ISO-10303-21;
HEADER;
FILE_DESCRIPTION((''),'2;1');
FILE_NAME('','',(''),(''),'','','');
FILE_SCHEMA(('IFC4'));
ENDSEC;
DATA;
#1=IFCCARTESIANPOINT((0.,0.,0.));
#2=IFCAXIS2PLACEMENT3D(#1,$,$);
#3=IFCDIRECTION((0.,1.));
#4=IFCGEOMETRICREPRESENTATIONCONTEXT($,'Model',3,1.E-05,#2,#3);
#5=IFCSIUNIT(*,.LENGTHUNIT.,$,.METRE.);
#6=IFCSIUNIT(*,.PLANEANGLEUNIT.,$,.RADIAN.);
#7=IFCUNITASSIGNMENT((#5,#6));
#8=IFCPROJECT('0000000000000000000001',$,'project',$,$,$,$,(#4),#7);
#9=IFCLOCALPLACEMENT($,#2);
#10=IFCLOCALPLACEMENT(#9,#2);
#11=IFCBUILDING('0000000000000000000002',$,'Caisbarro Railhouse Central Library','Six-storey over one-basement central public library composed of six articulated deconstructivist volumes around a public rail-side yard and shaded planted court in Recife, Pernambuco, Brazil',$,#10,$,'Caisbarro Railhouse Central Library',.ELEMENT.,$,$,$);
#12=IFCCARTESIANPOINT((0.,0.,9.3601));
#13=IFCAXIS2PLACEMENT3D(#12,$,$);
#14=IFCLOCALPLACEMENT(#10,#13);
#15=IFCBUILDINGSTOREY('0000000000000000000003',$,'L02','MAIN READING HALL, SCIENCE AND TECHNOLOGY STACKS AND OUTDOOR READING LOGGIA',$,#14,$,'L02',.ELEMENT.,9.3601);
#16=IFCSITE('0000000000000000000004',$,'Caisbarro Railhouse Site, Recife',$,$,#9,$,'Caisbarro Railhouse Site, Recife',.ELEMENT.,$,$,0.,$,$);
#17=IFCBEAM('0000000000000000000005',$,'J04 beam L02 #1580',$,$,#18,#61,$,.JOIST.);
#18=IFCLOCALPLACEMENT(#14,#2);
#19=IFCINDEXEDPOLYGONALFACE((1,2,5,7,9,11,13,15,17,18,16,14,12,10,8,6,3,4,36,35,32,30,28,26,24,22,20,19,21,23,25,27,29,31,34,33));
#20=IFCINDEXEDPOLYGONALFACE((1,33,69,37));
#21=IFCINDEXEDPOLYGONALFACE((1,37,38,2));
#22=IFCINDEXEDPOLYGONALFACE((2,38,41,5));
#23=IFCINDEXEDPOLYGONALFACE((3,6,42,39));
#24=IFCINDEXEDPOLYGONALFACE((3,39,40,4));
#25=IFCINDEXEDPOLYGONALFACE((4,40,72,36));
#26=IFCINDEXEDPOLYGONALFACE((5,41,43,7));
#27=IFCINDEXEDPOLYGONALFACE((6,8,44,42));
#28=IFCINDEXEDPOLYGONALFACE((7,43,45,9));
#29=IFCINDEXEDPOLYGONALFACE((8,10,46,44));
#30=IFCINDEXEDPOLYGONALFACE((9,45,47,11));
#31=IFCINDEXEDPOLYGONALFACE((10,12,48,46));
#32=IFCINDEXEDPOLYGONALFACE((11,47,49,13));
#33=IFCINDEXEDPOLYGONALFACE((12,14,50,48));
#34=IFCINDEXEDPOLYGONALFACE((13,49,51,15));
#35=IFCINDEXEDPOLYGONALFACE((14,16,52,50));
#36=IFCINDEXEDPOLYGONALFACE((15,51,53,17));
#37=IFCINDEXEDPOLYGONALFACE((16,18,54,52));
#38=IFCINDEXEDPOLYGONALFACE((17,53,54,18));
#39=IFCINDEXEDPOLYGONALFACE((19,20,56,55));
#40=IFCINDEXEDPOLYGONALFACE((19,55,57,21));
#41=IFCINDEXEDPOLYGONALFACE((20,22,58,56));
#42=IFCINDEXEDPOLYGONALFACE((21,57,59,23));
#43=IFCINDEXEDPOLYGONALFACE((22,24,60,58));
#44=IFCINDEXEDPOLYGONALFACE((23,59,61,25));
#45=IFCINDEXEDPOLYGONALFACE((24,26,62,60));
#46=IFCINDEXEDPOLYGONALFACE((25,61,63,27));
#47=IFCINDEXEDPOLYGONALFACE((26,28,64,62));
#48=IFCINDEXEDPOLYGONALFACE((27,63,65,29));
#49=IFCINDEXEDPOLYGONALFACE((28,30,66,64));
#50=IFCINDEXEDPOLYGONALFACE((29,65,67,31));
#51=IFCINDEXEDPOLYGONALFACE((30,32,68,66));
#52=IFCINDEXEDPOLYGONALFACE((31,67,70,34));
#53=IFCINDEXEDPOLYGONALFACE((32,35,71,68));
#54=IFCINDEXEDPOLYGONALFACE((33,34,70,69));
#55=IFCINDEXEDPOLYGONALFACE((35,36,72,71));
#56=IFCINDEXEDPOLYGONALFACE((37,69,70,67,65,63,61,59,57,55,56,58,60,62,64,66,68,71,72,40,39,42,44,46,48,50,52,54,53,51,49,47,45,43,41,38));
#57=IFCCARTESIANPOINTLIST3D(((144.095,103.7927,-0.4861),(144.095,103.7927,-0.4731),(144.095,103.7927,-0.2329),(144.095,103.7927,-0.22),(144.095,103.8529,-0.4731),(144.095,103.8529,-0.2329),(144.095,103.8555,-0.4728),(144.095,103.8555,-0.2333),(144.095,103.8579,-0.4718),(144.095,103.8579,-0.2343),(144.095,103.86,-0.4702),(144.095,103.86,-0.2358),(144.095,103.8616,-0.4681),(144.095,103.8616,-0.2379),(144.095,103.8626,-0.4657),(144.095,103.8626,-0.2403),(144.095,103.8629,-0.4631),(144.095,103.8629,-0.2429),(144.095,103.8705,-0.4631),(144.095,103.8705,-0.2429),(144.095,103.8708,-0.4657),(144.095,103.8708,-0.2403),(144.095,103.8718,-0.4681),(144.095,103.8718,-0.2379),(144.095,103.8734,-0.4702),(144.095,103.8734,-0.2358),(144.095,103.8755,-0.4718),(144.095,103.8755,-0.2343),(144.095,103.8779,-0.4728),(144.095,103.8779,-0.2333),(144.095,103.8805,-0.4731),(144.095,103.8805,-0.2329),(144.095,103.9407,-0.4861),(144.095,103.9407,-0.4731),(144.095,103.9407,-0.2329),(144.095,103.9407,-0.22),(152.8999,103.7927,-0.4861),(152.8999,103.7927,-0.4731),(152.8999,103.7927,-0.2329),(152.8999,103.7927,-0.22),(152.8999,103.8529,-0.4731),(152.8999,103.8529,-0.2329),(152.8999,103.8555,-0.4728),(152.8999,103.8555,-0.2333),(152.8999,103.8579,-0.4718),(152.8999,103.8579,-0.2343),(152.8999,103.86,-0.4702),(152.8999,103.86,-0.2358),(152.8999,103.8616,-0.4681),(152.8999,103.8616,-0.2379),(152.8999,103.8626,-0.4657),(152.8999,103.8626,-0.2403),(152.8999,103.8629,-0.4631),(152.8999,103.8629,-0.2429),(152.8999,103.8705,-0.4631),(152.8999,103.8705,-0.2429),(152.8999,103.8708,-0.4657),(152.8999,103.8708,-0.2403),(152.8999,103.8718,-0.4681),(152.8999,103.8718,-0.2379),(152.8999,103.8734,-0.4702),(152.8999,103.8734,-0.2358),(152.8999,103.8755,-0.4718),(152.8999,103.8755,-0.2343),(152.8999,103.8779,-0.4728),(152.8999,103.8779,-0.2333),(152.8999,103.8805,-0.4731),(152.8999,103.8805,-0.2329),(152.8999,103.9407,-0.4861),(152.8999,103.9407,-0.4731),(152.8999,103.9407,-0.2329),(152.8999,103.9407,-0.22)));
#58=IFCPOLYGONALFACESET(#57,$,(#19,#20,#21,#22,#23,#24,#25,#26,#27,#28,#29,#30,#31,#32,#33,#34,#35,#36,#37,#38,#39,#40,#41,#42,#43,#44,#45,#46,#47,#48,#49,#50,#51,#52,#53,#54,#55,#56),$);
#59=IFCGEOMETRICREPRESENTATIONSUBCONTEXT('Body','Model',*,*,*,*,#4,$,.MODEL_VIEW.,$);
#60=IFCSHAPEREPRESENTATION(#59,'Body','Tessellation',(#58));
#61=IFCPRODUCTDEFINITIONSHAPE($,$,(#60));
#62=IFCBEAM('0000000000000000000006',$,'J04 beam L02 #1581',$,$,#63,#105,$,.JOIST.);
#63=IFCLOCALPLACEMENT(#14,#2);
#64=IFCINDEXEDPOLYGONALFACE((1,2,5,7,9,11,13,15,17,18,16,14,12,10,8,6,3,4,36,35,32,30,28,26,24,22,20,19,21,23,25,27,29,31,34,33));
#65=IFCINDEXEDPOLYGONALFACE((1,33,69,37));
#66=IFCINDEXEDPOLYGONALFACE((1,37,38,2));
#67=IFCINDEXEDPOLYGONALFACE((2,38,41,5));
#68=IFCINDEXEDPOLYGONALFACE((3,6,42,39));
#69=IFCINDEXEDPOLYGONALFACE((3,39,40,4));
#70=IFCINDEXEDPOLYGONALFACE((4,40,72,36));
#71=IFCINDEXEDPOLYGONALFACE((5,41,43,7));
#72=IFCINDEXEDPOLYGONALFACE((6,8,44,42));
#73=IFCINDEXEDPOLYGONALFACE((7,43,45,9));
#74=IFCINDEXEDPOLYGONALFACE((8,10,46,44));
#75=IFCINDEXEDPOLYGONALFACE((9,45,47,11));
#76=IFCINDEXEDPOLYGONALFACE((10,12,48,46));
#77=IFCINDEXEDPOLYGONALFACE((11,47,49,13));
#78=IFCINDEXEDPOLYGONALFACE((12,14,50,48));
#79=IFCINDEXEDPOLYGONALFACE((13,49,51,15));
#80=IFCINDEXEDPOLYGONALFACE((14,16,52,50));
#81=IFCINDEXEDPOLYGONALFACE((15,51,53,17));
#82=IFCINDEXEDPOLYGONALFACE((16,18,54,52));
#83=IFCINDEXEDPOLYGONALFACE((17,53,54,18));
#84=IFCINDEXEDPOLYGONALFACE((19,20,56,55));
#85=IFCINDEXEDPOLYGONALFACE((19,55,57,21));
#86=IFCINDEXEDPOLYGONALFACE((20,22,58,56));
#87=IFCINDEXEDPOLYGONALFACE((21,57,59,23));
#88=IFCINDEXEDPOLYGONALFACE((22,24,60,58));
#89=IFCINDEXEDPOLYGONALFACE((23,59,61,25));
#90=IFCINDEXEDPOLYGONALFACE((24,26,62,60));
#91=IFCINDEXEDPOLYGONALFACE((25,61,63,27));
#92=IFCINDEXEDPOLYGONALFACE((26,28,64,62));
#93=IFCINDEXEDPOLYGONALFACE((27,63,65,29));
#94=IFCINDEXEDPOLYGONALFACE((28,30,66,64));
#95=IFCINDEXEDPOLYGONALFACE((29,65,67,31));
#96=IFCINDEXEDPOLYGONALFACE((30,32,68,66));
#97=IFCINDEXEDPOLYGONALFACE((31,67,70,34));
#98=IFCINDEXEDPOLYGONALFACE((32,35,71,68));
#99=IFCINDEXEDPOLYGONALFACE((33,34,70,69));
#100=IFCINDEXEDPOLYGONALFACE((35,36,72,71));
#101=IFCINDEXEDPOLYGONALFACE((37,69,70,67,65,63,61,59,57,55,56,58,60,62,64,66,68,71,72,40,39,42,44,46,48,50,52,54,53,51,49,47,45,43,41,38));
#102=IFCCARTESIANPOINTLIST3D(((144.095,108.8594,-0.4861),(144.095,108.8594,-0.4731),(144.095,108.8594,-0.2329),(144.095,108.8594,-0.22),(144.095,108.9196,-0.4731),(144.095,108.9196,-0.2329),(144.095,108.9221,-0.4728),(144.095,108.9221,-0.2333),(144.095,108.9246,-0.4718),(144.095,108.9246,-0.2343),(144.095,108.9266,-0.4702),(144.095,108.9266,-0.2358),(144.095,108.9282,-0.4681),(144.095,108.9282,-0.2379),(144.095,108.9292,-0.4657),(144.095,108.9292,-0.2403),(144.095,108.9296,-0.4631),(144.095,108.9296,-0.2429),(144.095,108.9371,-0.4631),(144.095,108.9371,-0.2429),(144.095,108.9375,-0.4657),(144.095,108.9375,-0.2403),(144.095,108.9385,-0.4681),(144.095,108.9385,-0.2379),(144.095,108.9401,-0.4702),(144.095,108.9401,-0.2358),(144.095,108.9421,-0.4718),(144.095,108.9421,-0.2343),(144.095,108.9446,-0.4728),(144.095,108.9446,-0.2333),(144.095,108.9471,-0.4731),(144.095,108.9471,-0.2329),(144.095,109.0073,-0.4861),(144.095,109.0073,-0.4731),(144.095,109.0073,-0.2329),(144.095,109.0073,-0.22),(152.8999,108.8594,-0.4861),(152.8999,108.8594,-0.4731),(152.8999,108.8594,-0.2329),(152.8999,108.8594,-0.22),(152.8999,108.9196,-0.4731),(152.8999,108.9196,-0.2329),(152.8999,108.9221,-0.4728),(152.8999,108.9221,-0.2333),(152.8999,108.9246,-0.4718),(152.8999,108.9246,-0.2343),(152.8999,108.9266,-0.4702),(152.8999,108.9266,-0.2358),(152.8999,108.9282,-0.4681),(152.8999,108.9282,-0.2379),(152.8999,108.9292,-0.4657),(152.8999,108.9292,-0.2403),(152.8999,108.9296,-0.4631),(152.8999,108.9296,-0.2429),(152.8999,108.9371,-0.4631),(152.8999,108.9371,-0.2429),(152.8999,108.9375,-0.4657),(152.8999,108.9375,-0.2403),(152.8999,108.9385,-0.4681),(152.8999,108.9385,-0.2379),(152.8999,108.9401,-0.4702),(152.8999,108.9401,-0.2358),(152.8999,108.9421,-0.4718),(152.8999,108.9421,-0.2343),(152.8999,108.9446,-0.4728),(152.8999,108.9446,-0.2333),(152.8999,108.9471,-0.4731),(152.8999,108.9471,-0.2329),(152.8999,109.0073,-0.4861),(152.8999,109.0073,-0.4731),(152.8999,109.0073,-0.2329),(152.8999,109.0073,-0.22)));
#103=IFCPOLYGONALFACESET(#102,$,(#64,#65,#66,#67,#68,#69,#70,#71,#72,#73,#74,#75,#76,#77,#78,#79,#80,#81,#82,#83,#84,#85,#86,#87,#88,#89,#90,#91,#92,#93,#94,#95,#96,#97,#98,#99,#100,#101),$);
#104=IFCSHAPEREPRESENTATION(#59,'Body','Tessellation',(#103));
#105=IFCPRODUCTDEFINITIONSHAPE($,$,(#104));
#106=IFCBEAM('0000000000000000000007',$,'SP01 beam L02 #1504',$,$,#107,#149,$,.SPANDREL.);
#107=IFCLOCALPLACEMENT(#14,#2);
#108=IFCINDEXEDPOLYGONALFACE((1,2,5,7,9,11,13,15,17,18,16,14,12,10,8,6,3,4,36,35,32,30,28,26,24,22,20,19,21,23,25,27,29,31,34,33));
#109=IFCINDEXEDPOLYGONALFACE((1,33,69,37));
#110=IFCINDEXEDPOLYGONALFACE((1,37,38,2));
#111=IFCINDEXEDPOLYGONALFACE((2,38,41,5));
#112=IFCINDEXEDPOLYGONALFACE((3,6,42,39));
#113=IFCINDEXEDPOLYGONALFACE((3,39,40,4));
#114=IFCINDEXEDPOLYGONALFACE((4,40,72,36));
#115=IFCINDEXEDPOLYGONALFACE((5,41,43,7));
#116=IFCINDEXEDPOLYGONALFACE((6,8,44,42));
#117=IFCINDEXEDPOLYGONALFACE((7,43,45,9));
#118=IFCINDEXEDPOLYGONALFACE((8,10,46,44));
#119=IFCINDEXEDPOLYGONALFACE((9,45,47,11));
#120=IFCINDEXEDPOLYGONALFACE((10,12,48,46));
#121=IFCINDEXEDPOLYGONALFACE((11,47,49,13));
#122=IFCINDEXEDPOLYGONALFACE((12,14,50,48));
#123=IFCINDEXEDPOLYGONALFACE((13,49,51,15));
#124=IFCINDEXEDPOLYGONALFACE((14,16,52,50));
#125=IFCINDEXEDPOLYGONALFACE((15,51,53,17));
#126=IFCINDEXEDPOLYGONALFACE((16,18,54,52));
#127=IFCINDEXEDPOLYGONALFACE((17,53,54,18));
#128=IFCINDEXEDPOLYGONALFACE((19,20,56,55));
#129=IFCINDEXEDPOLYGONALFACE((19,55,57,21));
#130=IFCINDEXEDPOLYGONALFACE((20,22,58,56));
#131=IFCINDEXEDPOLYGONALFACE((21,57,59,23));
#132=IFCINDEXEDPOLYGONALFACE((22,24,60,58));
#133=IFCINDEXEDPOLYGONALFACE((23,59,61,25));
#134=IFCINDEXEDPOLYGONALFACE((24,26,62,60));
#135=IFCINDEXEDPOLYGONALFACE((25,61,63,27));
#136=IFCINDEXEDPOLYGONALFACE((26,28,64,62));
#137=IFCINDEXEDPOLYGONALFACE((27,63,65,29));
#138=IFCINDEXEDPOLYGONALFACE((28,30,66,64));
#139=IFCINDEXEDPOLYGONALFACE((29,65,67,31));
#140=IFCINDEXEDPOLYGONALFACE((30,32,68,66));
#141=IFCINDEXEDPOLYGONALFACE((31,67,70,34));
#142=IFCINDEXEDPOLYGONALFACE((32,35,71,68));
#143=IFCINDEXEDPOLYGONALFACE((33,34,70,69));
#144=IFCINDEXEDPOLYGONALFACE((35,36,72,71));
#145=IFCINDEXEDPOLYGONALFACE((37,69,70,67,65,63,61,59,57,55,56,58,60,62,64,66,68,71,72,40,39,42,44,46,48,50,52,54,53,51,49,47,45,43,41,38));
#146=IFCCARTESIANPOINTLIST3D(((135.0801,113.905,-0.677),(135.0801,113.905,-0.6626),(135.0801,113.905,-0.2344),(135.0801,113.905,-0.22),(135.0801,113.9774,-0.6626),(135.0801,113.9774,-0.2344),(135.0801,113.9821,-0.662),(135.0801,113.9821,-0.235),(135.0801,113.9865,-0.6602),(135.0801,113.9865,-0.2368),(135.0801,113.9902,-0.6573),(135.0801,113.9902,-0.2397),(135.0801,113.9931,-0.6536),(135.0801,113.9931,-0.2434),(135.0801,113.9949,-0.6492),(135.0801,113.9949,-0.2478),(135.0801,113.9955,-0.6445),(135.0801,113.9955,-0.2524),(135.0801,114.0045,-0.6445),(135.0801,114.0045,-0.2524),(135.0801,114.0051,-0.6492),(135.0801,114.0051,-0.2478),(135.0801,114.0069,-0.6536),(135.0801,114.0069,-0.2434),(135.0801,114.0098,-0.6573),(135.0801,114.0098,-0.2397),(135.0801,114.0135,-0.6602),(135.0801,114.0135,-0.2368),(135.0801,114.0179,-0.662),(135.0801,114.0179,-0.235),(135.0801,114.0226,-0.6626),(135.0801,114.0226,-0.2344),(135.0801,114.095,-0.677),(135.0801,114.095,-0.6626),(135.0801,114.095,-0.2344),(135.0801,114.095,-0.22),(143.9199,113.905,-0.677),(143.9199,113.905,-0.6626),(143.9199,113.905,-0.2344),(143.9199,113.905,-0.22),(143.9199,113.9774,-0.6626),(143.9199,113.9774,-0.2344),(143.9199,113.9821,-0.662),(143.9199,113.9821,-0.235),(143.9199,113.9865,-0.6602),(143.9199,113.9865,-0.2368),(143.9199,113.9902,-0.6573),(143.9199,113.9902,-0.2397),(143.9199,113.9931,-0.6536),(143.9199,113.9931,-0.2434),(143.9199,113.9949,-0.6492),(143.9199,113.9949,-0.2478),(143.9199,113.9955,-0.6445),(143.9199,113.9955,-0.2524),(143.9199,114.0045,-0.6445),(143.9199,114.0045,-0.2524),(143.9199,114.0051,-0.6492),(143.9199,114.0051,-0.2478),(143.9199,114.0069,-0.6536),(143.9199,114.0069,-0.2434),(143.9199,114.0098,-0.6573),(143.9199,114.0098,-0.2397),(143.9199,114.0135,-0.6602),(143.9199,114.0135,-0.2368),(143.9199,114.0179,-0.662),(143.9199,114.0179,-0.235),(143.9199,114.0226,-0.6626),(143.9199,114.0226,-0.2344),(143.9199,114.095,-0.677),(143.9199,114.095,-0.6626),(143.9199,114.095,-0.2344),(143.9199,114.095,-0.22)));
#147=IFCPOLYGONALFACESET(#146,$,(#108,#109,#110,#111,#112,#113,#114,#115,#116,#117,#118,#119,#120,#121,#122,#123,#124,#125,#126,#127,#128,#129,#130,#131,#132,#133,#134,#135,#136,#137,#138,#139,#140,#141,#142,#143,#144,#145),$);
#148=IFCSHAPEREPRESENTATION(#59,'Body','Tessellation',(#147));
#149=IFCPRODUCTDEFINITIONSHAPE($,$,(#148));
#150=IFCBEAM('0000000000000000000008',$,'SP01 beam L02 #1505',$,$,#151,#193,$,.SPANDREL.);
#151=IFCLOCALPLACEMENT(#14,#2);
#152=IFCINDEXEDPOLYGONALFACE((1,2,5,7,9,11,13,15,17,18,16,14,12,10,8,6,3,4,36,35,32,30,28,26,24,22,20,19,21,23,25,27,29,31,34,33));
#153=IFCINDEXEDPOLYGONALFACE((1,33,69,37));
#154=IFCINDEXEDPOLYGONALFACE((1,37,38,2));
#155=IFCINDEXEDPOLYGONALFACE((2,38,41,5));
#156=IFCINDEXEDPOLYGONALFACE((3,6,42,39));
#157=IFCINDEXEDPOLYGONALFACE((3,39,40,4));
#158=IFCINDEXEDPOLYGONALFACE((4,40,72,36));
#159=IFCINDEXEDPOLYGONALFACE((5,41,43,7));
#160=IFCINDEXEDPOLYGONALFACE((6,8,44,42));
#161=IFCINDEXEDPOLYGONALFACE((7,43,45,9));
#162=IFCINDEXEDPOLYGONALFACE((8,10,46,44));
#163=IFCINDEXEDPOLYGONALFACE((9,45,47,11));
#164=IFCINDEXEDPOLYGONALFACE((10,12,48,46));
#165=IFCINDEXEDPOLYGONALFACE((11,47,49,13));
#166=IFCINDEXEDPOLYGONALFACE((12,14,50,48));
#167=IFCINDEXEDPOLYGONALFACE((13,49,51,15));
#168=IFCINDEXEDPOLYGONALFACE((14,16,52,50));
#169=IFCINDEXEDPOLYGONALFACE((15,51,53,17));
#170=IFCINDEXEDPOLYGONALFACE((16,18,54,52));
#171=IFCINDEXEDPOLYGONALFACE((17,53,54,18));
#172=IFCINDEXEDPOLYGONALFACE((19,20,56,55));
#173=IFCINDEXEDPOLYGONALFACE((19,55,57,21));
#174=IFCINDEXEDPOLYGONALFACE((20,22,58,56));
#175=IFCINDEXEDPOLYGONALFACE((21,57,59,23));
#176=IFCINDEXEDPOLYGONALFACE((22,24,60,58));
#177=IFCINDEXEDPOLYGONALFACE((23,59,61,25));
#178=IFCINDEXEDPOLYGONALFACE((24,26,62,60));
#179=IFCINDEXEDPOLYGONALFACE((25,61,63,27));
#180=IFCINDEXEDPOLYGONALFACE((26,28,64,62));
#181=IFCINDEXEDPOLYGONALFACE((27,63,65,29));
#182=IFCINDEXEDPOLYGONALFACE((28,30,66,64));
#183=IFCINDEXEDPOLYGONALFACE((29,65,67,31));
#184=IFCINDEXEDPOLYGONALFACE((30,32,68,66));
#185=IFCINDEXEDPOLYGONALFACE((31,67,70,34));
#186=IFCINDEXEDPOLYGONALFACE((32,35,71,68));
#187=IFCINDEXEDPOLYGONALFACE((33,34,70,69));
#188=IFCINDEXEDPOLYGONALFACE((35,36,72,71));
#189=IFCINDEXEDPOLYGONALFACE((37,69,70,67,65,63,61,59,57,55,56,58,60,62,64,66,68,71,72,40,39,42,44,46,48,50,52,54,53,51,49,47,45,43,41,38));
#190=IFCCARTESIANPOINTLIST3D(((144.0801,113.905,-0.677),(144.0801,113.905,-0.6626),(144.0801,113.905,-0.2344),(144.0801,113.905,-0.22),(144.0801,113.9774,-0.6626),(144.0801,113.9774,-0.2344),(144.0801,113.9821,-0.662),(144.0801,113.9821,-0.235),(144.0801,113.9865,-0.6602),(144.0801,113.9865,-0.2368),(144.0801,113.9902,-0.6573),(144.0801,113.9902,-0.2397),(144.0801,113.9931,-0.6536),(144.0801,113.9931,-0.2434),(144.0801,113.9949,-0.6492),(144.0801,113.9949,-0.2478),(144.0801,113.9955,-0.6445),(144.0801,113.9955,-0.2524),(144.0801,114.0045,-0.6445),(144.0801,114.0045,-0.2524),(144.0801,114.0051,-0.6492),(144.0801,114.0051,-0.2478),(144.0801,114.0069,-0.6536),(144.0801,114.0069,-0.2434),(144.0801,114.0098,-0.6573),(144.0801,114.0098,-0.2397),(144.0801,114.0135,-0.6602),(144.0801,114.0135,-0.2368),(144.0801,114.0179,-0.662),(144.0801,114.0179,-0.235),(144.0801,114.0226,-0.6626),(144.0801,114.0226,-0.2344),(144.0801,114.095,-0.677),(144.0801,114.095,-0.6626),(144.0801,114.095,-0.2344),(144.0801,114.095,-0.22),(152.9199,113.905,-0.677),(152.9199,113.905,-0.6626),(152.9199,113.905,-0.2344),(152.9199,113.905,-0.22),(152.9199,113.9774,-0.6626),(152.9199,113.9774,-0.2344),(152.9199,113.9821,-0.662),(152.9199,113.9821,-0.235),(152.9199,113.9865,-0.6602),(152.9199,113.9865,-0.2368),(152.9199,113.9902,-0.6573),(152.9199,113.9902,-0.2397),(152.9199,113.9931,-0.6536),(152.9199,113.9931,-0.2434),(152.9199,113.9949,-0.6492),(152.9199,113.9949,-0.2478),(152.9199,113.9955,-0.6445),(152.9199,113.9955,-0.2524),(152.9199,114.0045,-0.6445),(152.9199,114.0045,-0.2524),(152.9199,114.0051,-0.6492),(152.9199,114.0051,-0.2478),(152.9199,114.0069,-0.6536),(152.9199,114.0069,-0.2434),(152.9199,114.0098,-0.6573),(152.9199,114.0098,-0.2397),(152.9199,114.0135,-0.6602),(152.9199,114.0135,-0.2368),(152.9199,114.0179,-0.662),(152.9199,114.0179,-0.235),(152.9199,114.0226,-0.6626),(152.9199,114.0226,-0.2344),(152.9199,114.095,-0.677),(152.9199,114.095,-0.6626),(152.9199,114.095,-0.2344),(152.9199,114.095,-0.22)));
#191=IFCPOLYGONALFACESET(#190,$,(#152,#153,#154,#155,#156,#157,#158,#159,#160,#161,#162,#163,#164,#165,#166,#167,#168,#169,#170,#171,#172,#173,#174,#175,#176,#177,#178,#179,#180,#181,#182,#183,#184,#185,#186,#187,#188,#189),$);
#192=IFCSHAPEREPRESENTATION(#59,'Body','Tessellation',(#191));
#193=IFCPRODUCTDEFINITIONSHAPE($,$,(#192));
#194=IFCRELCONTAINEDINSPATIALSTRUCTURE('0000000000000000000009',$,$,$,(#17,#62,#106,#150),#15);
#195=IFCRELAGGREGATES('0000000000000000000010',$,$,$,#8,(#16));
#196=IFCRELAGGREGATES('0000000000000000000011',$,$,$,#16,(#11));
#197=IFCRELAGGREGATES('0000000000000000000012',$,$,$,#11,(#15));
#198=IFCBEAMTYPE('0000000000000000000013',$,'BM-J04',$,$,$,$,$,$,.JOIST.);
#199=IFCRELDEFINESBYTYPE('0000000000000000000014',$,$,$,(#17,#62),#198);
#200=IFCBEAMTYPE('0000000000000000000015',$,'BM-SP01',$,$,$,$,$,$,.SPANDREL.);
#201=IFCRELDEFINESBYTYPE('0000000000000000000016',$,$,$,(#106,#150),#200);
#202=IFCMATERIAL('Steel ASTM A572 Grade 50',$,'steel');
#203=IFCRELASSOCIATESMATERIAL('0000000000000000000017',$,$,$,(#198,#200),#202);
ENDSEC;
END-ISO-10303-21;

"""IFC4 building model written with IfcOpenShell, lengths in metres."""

from ifc_helpers import new_model, si_unit, direction, frame, origin, origin_2d, place, context, subcontext, project, spatial, i_section, extrude, material, material_profile, profile_set, type_object, element, save


model = new_model("IFC4")

# Units and contexts
model_context = context("Model", 3, precision=1e-05, world=origin(), true_north=direction((0.0, 1.0)))
body_context = subcontext(model_context, "Body", "Model", "MODEL_VIEW")
ifc_project = project(units=[si_unit("LENGTHUNIT", "METRE"), si_unit("PLANEANGLEUNIT", "RADIAN")], contexts=[model_context])

# Site, building, storey
site_placement = place(None, origin())
site = spatial("IfcSite", under=ifc_project, at=site_placement, Name="Caisbarro Railhouse Site, Recife", LongName="Caisbarro Railhouse Site, Recife", CompositionType="ELEMENT", RefElevation=0.0)
building_placement = place(site_placement, origin())
building = spatial("IfcBuilding", under=site, at=building_placement, Name="Caisbarro Railhouse Central Library", Description="Six-storey over one-basement central public library composed of six articulated deconstructivist volumes around a public rail-side yard and shaded planted court in Recife, Pernambuco, Brazil", LongName="Caisbarro Railhouse Central Library", CompositionType="ELEMENT")
storey_placement = place(building_placement, frame((0.0, 0.0, 9.3601)))
storey = spatial("IfcBuildingStorey", under=building, at=storey_placement, Name="L02", Description="MAIN READING HALL, SCIENCE AND TECHNOLOGY STACKS AND OUTDOOR READING LOGGIA", LongName="L02", CompositionType="ELEMENT", Elevation=9.3601)

# Shared definitions
ifc_material_1 = material(Name="Steel ASTM A572 Grade 50", Category="steel")

# Beams
ifc_material_profile_1 = material_profile(ifc_material_1, i_section(OverallWidth=0.1479, OverallDepth=0.2661, WebThickness=0.0076, FlangeThickness=0.0129, FilletRadius=0.01, at=origin_2d()), Name="W250X44.8")
ifc_profile_set_1 = profile_set([ifc_material_profile_1], Name="Steel ASTM A572 Grade 50")
beam_type_1 = type_object("IfcBeamType", Name="BM-J04", PredefinedType="JOIST", material=ifc_profile_set_1)
for number, where, z_axis, x_axis, name in (
    (1, (144.095, 103.8667, -0.353), (1.0, 0.0, 0.0), (0.0, 1.0, 0.0), "J04 beam L02 #1580"),
    (2, (144.095, 108.9333, -0.353), (1.0, 0.0, 0.0), (0.0, 1.0, 0.0), "J04 beam L02 #1581"),
):
    element("IfcBeam", number, at=place(storey_placement, frame(where, z_axis=z_axis, x_axis=x_axis)), inside=storey, type_object=beam_type_1, Name=name, PredefinedType="JOIST", context=body_context, shape_type="SweptSolid", body=[
        extrude(i_section(OverallWidth=0.1479, OverallDepth=0.2661, WebThickness=0.0076, FlangeThickness=0.0129, FilletRadius=0.01, at=origin_2d()), origin(), (0.0, 0.0, 1.0), 8.8049),
    ])
ifc_material_profile_2 = material_profile(ifc_material_1, i_section(OverallWidth=0.1899, OverallDepth=0.457, WebThickness=0.009, FlangeThickness=0.0144, FilletRadius=0.0181, at=origin_2d()), Name="W460X74.0")
ifc_profile_set_2 = profile_set([ifc_material_profile_2], Name="Steel ASTM A572 Grade 50")
beam_type_2 = type_object("IfcBeamType", Name="BM-SP01", PredefinedType="SPANDREL", material=ifc_profile_set_2)
for number, where, z_axis, x_axis, name in (
    (3, (135.0801, 114.0, -0.4485), (1.0, 0.0, 0.0), (0.0, 1.0, 0.0), "SP01 beam L02 #1504"),
    (4, (144.0801, 114.0, -0.4485), (1.0, 0.0, 0.0), (0.0, 1.0, 0.0), "SP01 beam L02 #1505"),
):
    element("IfcBeam", number, at=place(storey_placement, frame(where, z_axis=z_axis, x_axis=x_axis)), inside=storey, type_object=beam_type_2, Name=name, PredefinedType="SPANDREL", context=body_context, shape_type="SweptSolid", body=[
        extrude(i_section(OverallWidth=0.1899, OverallDepth=0.457, WebThickness=0.009, FlangeThickness=0.0144, FilletRadius=0.0181, at=origin_2d()), origin(), (0.0, 0.0, 1.0), 8.8398),
    ])

save(model, "model.ifc")
